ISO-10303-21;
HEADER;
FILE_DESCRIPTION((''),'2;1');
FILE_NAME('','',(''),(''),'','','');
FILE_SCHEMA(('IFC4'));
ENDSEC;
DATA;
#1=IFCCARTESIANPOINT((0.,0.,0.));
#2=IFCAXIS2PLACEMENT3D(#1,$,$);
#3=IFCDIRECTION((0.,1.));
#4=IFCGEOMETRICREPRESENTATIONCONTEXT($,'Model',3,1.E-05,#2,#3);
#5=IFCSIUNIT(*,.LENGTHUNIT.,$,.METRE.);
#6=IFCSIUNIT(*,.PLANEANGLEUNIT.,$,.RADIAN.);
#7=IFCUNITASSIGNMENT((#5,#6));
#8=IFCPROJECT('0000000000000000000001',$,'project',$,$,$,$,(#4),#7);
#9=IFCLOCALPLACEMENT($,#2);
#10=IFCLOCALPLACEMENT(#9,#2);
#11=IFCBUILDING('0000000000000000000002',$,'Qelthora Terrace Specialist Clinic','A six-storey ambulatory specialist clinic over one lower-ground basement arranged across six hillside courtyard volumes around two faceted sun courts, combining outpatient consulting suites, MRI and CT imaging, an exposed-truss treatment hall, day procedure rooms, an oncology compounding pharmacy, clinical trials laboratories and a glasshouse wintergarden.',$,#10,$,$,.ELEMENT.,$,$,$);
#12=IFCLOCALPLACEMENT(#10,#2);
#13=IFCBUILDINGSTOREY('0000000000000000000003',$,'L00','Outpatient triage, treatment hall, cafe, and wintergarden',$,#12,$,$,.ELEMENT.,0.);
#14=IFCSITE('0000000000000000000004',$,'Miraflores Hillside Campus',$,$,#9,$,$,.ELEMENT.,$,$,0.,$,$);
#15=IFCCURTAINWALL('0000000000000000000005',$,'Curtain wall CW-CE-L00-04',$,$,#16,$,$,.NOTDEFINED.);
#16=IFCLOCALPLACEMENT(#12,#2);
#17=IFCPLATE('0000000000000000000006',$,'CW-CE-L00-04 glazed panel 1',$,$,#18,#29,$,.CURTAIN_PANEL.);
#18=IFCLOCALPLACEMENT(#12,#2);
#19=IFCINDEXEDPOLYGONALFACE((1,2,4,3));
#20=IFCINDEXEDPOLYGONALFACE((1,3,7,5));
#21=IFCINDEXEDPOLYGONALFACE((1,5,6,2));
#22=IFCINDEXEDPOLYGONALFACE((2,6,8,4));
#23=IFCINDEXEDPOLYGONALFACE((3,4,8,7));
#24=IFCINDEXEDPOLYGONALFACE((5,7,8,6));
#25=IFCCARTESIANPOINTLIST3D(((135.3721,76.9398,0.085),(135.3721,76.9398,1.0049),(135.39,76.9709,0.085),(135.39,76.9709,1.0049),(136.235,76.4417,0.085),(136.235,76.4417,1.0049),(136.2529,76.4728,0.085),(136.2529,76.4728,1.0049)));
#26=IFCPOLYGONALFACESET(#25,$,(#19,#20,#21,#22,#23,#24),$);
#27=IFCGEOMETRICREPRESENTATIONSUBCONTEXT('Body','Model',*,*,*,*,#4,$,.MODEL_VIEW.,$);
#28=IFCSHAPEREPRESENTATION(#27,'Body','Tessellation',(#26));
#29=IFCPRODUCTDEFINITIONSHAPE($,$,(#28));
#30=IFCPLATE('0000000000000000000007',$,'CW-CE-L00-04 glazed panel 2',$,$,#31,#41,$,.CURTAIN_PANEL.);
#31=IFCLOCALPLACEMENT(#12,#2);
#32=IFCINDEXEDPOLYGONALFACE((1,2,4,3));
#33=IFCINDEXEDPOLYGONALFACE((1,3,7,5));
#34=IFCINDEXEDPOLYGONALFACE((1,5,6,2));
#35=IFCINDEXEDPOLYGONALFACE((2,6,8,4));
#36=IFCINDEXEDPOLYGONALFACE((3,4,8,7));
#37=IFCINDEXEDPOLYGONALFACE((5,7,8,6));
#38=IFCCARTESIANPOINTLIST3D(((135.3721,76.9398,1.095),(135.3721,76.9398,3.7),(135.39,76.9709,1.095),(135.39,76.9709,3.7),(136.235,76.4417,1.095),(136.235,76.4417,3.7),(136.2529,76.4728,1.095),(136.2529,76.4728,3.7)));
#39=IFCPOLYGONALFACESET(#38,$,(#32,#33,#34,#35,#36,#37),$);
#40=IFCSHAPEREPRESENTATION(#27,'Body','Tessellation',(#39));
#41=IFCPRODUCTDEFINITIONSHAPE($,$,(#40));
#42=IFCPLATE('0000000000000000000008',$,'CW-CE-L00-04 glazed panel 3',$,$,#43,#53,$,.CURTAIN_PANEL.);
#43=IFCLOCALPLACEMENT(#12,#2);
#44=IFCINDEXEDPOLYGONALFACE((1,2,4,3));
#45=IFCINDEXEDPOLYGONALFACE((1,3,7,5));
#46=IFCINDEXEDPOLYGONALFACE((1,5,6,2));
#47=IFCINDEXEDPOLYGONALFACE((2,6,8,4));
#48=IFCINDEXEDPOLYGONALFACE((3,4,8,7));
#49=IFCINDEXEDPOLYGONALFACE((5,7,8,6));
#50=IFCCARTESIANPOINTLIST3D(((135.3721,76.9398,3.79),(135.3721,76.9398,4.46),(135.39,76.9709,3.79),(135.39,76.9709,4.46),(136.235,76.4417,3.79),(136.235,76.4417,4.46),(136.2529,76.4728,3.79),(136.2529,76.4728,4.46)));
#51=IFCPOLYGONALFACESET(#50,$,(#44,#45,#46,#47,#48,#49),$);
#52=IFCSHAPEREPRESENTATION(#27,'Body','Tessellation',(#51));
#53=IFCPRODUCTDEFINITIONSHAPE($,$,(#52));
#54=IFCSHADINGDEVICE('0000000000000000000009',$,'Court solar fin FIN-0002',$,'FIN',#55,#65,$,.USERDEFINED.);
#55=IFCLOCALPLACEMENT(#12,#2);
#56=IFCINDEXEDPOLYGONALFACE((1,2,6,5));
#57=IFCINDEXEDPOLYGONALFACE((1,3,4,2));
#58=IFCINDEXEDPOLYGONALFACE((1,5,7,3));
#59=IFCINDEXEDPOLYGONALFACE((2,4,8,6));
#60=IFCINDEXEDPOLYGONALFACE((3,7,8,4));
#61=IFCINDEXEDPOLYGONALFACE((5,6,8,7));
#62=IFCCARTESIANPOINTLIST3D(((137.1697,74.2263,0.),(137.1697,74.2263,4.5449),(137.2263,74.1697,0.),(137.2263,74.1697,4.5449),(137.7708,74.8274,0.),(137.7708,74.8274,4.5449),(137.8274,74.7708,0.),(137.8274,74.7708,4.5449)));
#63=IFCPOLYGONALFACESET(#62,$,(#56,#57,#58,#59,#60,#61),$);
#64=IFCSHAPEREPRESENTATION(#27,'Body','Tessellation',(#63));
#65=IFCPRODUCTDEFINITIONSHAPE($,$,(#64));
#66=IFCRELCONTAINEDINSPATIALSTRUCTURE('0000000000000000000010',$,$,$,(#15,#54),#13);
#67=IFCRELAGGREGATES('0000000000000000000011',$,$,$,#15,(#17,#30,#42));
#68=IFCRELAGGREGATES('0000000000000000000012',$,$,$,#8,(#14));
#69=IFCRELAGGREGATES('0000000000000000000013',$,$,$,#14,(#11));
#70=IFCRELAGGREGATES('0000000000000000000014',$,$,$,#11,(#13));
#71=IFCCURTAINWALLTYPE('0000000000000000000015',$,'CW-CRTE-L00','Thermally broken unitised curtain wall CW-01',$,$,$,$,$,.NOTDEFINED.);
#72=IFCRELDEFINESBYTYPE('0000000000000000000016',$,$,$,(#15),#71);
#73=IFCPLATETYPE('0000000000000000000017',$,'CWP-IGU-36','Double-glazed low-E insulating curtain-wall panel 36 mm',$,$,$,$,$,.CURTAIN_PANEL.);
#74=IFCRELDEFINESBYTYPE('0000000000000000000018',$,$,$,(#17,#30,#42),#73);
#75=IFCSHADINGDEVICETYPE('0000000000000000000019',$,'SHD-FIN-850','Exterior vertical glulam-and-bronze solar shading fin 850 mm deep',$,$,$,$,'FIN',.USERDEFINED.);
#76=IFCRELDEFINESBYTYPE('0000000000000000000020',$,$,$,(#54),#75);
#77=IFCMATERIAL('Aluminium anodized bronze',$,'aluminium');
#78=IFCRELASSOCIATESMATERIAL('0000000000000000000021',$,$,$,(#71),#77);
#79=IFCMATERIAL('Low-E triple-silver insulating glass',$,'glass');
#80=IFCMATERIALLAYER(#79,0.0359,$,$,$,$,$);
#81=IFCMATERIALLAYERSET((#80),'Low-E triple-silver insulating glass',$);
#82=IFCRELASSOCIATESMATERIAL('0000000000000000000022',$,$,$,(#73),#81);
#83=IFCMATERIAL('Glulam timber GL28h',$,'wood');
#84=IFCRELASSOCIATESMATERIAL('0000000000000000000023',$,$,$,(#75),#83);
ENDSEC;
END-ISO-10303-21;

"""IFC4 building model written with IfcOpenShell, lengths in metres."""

from ifc_helpers import new_model, si_unit, direction, frame, origin, origin_2d, place, context, subcontext, project, spatial, rectangle, extrude, material, layer, layer_set, type_object, element, aggregate, save


model = new_model("IFC4")

# Units and contexts
model_context = context("Model", 3, precision=1e-05, world=origin(), true_north=direction((0.0, 1.0)))
body_context = subcontext(model_context, "Body", "Model", "MODEL_VIEW")
ifc_project = project(units=[si_unit("LENGTHUNIT", "METRE"), si_unit("PLANEANGLEUNIT", "RADIAN")], contexts=[model_context])

# Site, building, storey
site_placement = place(None, origin())
site = spatial("IfcSite", under=ifc_project, at=site_placement, Name="Miraflores Hillside Campus", CompositionType="ELEMENT", RefElevation=0.0)
building_placement = place(site_placement, origin())
building = spatial("IfcBuilding", under=site, at=building_placement, Name="Qelthora Terrace Specialist Clinic", Description="A six-storey ambulatory specialist clinic over one lower-ground basement arranged across six hillside courtyard volumes around two faceted sun courts, combining outpatient consulting suites, MRI and CT imaging, an exposed-truss treatment hall, day procedure rooms, an oncology compounding pharmacy, clinical trials laboratories and a glasshouse wintergarden.", CompositionType="ELEMENT")
storey_placement = place(building_placement, origin())
storey = spatial("IfcBuildingStorey", under=building, at=storey_placement, Name="L00", Description="Outpatient triage, treatment hall, cafe, and wintergarden", CompositionType="ELEMENT", Elevation=0.0)

# Curtain wall
ifc_material_1 = material(Name="Aluminium anodized bronze", Category="aluminium")
curtain_wall_type = type_object("IfcCurtainWallType", Name="CW-CRTE-L00", Description="Thermally broken unitised curtain wall CW-01", PredefinedType="NOTDEFINED", material=ifc_material_1)
curtain_wall_1_placement = place(storey_placement, origin())
curtain_wall_1 = element("IfcCurtainWall", 1, at=curtain_wall_1_placement, inside=storey, type_object=curtain_wall_type, Name="Curtain wall CW-CE-L00-04", PredefinedType="NOTDEFINED")

# Plates
ifc_material_2 = material(Name="Low-E triple-silver insulating glass", Category="glass")
ifc_layer_1 = layer(ifc_material_2, 0.0359)
ifc_layer_set_1 = layer_set([ifc_layer_1], Name="Low-E triple-silver insulating glass")
plate_type = type_object("IfcPlateType", Name="CWP-IGU-36", Description="Double-glazed low-E insulating curtain-wall panel 36 mm", PredefinedType="CURTAIN_PANEL", material=ifc_layer_set_1)
plate_1_placement = place(storey_placement, frame((135.8125, 76.7063, 0.085), z_axis=(0.0, 0.0, 1.0), x_axis=(-0.866025, 0.5, 0.0)))
plate_1 = element("IfcPlate", 2, at=plate_1_placement, type_object=plate_type, Name="CW-CE-L00-04 glazed panel 1", PredefinedType="CURTAIN_PANEL", context=body_context, shape_type="SweptSolid", body=[
    extrude(rectangle(XDim=0.9963, YDim=0.0359, at=origin_2d()), origin(), (0.0, 0.0, 1.0), 0.9199),
])
plate_2_placement = place(storey_placement, frame((135.8125, 76.7063, 1.095), z_axis=(0.0, 0.0, 1.0), x_axis=(-0.866025, 0.5, 0.0)))
plate_2 = element("IfcPlate", 3, at=plate_2_placement, type_object=plate_type, Name="CW-CE-L00-04 glazed panel 2", PredefinedType="CURTAIN_PANEL", context=body_context, shape_type="SweptSolid", body=[
    extrude(rectangle(XDim=0.9963, YDim=0.0359, at=origin_2d()), origin(), (0.0, 0.0, 1.0), 2.605),
])
plate_3_placement = place(storey_placement, frame((135.8125, 76.7063, 3.79), z_axis=(0.0, 0.0, 1.0), x_axis=(-0.866025, 0.5, 0.0)))
plate_3 = element("IfcPlate", 4, at=plate_3_placement, type_object=plate_type, Name="CW-CE-L00-04 glazed panel 3", PredefinedType="CURTAIN_PANEL", context=body_context, shape_type="SweptSolid", body=[
    extrude(rectangle(XDim=0.9963, YDim=0.0359, at=origin_2d()), origin(), (0.0, 0.0, 1.0), 0.6699),
])
aggregate(curtain_wall_1, [plate_1, plate_2, plate_3])

# Shading device
ifc_material_3 = material(Name="Glulam timber GL28h", Category="wood")
shading_device_type = type_object("IfcShadingDeviceType", Name="SHD-FIN-850", Description="Exterior vertical glulam-and-bronze solar shading fin 850 mm deep", ElementType="FIN", PredefinedType="USERDEFINED", material=ifc_material_3)
shading_device_placement = place(storey_placement, frame((137.4985, 74.4985, 0.0), z_axis=(0.0, 0.0, 1.0), x_axis=(-0.707107, -0.707107, 0.0)))
element("IfcShadingDevice", 5, at=shading_device_placement, inside=storey, type_object=shading_device_type, Name="Court solar fin FIN-0002", ObjectType="FIN", PredefinedType="USERDEFINED", context=body_context, shape_type="SweptSolid", body=[
    extrude(rectangle(XDim=0.8501, YDim=0.0801, at=origin_2d()), origin(), (0.0, 0.0, 1.0), 4.5449),
])

save(model, "model.ifc")
